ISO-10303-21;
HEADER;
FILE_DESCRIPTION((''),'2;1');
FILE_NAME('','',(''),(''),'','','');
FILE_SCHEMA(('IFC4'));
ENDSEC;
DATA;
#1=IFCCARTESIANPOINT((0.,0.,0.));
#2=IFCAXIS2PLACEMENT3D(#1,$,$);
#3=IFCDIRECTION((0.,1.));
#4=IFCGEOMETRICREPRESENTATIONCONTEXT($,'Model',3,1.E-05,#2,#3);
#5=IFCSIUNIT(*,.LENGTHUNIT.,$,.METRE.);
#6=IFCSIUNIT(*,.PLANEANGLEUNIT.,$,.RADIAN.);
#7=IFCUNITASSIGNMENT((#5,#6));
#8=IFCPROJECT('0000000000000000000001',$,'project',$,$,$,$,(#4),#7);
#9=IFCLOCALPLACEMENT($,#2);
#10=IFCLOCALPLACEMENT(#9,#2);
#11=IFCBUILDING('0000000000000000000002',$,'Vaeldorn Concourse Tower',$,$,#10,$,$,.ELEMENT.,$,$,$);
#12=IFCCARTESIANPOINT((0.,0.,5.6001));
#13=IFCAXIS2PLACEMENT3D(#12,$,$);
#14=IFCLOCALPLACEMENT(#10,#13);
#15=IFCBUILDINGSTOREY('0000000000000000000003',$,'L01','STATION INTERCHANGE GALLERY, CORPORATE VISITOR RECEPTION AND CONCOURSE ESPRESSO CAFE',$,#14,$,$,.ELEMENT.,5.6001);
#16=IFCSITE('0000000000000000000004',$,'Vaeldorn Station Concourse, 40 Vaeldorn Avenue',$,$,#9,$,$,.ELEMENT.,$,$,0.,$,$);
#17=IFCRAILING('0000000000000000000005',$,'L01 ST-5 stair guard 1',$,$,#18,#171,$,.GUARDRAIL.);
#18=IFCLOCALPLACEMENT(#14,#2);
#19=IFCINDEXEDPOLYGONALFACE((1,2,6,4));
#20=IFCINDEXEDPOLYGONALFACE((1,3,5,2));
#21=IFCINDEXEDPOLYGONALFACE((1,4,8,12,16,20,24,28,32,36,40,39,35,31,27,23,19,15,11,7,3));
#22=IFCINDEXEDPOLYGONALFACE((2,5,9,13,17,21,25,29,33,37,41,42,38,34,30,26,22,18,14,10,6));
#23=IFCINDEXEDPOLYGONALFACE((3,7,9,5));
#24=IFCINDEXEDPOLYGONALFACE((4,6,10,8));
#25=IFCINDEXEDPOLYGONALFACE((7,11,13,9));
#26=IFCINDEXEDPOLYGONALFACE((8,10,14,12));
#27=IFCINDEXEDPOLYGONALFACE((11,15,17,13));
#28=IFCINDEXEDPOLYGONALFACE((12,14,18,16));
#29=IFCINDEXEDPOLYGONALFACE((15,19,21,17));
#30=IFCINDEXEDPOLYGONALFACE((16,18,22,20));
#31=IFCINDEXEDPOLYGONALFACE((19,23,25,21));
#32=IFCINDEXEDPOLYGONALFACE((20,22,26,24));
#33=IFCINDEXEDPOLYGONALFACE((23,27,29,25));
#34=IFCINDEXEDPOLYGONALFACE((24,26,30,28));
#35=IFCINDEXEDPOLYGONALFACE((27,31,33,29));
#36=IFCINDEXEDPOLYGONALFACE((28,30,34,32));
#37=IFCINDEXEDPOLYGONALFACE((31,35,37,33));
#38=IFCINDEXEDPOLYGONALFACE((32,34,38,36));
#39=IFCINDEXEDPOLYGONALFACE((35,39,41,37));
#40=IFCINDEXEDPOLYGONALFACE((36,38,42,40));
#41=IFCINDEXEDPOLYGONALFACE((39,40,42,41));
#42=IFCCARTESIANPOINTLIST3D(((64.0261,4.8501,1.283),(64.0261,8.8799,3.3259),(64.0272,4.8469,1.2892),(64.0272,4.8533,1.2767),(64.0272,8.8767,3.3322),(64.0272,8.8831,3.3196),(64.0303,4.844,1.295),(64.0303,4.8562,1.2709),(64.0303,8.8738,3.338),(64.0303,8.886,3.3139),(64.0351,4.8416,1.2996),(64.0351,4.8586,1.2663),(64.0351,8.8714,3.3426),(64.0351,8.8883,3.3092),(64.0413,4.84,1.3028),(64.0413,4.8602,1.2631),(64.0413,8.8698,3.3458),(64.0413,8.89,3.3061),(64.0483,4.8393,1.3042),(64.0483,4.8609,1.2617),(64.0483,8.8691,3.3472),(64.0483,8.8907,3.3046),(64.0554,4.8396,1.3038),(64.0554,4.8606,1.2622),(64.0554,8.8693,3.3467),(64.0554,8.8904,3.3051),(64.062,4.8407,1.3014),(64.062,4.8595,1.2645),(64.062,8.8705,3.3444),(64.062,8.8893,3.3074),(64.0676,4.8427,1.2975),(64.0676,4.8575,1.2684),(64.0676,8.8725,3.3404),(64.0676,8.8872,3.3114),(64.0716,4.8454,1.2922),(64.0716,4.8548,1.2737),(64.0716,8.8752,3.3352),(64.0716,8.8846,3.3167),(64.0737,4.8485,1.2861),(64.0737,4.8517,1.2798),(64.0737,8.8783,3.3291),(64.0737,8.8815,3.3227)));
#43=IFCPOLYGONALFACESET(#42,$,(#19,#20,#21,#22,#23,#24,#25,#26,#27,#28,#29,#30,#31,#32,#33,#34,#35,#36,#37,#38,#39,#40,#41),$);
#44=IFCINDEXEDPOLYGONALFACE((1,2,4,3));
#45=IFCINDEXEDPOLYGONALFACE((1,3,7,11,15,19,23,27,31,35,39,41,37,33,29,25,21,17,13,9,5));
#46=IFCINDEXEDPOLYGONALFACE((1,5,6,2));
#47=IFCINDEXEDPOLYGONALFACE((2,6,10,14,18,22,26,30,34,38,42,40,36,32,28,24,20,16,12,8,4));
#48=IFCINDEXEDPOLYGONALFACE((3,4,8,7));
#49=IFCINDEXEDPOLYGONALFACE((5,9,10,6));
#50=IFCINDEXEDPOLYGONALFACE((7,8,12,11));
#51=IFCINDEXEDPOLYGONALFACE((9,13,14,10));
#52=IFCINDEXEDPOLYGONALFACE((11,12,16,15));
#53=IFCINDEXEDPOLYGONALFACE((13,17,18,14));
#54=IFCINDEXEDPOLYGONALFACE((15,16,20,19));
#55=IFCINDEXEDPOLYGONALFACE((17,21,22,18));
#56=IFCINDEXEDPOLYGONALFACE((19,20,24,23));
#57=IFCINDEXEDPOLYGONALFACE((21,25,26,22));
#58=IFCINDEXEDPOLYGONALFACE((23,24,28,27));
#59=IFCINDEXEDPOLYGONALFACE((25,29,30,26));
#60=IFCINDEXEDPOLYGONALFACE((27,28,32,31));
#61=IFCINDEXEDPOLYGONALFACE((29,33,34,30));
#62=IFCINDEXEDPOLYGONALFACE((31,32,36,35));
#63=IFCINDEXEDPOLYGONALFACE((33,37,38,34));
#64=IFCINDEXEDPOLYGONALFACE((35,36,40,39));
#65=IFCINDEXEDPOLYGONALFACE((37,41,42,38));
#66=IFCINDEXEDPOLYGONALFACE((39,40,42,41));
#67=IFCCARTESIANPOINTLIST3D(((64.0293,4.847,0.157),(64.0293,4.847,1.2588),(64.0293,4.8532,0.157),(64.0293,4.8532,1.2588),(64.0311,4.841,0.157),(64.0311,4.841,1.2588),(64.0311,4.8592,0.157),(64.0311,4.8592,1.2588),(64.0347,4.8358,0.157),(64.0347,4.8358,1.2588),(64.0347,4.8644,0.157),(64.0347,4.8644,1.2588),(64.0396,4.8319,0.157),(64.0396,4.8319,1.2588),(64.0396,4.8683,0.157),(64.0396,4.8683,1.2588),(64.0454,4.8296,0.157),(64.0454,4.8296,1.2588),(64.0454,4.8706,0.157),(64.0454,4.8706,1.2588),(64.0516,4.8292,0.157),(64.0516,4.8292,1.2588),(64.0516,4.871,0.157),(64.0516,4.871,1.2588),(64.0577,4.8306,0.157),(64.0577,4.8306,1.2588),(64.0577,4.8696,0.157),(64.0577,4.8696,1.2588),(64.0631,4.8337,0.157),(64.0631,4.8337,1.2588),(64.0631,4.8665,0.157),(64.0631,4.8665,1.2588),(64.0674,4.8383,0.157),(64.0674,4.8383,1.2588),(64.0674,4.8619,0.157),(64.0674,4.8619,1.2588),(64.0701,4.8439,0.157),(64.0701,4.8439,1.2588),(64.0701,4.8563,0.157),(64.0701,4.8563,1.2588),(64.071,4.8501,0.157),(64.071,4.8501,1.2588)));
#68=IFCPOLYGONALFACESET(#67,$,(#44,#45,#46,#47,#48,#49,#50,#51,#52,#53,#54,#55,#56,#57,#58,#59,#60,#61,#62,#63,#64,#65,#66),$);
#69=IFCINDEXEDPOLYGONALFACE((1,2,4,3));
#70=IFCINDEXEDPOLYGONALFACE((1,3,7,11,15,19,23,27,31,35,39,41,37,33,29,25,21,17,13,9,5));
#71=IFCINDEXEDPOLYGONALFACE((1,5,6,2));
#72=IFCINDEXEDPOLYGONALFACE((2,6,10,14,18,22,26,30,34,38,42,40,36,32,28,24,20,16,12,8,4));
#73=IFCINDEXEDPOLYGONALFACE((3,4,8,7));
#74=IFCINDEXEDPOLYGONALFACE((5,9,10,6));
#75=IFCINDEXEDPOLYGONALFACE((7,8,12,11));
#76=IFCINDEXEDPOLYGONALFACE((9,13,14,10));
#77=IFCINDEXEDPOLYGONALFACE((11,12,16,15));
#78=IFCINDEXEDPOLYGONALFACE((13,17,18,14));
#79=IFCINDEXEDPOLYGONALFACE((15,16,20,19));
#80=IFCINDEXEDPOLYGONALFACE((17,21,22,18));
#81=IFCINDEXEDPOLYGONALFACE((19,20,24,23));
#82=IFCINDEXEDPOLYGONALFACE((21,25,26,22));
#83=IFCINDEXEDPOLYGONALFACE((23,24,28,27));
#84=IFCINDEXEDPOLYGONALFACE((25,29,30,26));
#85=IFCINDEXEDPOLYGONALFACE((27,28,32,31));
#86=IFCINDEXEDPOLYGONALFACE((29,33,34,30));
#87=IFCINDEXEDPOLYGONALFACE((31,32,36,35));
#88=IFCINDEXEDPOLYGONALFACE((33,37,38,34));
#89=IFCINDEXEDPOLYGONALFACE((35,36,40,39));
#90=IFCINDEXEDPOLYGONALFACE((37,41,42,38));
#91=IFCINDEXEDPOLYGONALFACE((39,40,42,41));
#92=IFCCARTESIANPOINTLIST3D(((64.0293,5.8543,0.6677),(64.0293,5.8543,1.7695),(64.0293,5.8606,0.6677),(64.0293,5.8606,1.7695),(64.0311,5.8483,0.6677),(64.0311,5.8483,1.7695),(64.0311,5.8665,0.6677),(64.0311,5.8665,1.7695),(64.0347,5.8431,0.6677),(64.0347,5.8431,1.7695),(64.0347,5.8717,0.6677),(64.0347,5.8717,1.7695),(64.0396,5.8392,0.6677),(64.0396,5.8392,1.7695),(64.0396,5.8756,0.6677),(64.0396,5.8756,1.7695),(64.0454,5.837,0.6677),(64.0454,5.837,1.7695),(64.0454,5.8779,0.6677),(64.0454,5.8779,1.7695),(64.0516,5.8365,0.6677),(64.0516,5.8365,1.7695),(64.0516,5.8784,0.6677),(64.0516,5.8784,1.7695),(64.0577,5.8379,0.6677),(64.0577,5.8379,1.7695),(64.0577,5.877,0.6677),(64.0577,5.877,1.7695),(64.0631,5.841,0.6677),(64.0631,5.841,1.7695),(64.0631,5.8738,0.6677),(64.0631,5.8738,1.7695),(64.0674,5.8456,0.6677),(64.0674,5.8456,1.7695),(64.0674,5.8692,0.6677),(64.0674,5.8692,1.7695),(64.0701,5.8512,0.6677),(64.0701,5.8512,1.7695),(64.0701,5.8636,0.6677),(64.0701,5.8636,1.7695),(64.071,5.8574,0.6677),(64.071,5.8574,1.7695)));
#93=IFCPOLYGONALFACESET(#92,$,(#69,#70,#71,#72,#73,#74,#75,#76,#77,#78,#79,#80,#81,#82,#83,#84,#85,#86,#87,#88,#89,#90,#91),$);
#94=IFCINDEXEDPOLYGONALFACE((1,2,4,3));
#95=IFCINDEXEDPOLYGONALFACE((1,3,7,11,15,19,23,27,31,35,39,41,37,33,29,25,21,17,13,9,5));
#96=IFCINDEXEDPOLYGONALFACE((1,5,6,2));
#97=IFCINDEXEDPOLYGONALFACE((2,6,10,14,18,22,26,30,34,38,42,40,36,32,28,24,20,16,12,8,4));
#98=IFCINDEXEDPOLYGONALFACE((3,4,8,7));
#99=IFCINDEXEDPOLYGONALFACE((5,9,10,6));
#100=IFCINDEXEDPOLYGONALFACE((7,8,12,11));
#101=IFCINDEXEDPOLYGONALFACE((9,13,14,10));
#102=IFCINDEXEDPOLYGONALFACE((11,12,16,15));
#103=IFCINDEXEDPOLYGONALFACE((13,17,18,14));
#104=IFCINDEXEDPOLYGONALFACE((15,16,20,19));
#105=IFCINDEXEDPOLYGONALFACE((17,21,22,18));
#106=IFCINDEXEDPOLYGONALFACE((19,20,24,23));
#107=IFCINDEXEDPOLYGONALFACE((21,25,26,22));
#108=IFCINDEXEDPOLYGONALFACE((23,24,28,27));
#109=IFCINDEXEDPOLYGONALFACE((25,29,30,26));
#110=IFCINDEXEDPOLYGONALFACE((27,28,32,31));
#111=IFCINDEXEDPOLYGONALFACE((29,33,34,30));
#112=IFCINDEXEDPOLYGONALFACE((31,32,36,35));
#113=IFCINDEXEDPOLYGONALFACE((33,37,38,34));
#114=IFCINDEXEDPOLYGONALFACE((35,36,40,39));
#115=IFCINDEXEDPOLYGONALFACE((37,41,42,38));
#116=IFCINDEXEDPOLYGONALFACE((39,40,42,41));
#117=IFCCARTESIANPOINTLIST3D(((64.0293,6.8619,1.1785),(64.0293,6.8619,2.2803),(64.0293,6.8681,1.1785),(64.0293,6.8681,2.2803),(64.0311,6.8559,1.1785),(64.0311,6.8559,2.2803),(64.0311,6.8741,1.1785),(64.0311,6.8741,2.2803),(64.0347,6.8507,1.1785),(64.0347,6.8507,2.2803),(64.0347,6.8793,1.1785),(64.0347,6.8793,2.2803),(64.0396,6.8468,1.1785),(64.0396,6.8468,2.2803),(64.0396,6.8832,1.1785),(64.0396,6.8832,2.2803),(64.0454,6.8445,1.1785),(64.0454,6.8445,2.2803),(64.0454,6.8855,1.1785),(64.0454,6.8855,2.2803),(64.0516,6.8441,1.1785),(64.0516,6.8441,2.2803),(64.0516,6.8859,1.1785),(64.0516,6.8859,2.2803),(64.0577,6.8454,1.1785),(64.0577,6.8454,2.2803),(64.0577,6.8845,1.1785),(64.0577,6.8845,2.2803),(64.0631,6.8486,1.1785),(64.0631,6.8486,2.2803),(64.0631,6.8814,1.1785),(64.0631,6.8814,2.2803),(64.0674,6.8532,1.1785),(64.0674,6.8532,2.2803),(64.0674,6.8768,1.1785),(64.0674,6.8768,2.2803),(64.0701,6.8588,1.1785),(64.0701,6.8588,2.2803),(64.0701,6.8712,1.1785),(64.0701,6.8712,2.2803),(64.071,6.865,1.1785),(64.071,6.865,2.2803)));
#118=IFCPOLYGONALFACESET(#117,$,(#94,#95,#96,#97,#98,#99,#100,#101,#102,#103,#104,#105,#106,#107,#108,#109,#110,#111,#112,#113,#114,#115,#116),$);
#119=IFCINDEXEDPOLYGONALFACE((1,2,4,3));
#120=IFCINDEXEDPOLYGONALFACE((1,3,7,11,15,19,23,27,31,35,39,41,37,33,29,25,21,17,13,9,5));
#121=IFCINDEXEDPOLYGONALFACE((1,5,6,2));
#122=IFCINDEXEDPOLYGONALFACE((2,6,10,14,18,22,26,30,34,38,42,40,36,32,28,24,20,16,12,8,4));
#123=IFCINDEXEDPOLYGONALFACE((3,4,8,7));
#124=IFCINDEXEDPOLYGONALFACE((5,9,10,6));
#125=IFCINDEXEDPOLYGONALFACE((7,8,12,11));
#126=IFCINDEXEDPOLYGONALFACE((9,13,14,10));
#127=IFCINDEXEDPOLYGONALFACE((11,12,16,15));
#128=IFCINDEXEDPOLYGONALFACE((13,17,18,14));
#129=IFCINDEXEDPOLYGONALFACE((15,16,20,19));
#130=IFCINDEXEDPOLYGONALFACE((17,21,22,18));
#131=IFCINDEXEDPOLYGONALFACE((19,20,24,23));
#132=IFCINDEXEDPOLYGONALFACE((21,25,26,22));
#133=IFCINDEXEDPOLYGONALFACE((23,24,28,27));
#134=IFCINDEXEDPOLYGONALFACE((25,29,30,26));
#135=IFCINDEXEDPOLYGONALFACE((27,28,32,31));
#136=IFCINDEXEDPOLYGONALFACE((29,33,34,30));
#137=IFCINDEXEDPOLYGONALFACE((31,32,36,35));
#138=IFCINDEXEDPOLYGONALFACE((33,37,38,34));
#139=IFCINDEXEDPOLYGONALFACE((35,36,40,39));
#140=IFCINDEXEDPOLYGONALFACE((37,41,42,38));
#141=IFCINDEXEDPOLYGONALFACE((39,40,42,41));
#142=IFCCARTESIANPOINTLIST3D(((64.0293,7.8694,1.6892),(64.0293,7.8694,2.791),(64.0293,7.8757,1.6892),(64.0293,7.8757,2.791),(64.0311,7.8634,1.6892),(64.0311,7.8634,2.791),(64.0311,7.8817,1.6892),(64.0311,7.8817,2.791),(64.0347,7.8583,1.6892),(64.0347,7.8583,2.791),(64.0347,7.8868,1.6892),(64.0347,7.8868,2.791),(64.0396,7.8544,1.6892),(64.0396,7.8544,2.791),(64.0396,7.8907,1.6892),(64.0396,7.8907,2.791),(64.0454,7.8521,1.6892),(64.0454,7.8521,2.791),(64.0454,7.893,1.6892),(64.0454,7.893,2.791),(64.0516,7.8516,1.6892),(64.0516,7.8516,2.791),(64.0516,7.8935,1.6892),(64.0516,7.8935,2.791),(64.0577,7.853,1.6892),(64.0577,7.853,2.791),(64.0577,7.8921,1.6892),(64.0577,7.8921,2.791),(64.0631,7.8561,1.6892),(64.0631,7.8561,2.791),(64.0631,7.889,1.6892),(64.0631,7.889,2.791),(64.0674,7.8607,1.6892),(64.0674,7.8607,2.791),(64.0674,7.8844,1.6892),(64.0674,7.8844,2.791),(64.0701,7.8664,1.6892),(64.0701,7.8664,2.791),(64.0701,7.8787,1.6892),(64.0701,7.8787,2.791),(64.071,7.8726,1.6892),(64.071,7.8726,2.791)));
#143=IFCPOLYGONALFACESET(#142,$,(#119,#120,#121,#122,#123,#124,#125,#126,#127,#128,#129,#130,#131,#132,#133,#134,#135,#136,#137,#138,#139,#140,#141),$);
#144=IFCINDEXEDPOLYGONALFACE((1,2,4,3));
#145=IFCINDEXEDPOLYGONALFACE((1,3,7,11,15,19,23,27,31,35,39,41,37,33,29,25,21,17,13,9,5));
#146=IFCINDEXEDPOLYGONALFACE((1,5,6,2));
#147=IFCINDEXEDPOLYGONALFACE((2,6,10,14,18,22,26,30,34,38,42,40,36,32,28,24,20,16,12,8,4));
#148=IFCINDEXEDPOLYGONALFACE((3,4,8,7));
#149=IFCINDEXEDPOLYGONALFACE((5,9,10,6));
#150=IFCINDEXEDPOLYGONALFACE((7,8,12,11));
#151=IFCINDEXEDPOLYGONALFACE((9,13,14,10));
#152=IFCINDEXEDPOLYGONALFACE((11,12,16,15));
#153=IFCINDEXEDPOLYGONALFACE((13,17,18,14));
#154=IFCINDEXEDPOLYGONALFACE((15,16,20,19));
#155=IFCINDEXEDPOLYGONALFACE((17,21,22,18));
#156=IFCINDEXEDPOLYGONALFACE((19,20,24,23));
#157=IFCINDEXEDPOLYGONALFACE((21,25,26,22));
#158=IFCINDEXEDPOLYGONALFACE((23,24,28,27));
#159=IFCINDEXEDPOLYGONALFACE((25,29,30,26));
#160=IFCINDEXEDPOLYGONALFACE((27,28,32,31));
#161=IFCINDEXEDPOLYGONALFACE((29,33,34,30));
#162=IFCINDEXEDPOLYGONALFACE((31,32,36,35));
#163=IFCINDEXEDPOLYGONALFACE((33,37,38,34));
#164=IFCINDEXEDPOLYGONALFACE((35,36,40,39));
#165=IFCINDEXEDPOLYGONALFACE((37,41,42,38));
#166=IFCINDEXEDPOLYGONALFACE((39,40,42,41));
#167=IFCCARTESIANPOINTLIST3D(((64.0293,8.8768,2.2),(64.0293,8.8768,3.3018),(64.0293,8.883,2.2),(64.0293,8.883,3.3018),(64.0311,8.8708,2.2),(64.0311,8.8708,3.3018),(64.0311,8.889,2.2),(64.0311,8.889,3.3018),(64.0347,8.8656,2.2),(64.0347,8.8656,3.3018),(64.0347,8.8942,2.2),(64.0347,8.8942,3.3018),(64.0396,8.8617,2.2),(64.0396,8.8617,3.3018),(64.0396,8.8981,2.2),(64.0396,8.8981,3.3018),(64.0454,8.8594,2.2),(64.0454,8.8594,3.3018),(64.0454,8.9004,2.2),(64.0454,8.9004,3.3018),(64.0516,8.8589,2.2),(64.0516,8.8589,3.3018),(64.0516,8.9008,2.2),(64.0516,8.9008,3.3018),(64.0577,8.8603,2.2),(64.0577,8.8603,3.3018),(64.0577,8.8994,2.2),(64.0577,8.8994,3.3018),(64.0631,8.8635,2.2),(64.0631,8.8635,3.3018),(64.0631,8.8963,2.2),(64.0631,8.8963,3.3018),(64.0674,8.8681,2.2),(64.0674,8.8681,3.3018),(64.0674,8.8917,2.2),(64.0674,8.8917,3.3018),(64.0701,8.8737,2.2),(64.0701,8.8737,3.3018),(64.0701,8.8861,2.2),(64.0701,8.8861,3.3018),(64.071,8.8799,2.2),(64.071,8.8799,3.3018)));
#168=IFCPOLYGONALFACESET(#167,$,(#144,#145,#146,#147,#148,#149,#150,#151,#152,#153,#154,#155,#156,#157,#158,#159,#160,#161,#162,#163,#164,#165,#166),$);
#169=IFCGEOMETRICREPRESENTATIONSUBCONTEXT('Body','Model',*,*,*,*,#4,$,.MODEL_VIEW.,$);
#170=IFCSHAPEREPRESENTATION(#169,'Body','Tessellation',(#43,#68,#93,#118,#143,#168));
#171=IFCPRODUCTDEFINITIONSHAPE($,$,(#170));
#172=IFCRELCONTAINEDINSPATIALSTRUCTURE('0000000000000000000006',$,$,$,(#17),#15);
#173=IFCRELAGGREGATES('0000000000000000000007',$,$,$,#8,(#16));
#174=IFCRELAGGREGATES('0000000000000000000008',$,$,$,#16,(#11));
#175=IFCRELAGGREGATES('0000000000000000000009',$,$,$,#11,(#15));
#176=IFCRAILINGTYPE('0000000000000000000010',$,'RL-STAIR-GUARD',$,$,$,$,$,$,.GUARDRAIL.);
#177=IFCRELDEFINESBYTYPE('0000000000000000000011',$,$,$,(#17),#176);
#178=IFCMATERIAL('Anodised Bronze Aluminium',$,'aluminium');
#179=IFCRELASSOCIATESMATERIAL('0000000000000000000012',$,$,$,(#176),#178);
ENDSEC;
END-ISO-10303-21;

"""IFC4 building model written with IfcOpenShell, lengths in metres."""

from ifc_helpers import new_model, si_unit, direction, frame, origin, origin_2d, place, context, subcontext, project, spatial, circle, extrude, material, type_object, element, save


model = new_model("IFC4")

# Units and contexts
model_context = context("Model", 3, precision=1e-05, world=origin(), true_north=direction((0.0, 1.0)))
body_context = subcontext(model_context, "Body", "Model", "MODEL_VIEW")
ifc_project = project(units=[si_unit("LENGTHUNIT", "METRE"), si_unit("PLANEANGLEUNIT", "RADIAN")], contexts=[model_context])

# Site, building, storey
site_placement = place(None, origin())
site = spatial("IfcSite", under=ifc_project, at=site_placement, Name="Vaeldorn Station Concourse, 40 Vaeldorn Avenue", CompositionType="ELEMENT", RefElevation=0.0)
building_placement = place(site_placement, origin())
building = spatial("IfcBuilding", under=site, at=building_placement, Name="Vaeldorn Concourse Tower", CompositionType="ELEMENT")
storey_placement = place(building_placement, frame((0.0, 0.0, 5.6001)))
storey = spatial("IfcBuildingStorey", under=building, at=storey_placement, Name="L01", Description="STATION INTERCHANGE GALLERY, CORPORATE VISITOR RECEPTION AND CONCOURSE ESPRESSO CAFE", CompositionType="ELEMENT", Elevation=5.6001)

# Shared definitions
ifc_material_1 = material(Name="Anodised Bronze Aluminium", Category="aluminium")

# Railing
railing_type_1 = type_object("IfcRailingType", Name="RL-STAIR-GUARD", PredefinedType="GUARDRAIL", material=ifc_material_1)
railing_1_placement = place(storey_placement, frame((64.05, 4.8501, 0.157)))
element("IfcRailing", 1, at=railing_1_placement, inside=storey, type_object=railing_type_1, Name="L01 ST-5 stair guard 1", PredefinedType="GUARDRAIL", context=body_context, shape_type="SweptSolid", body=[
    extrude(circle(Radius=0.0239, at=origin_2d()), frame((0.0, 0.0, 1.126), z_axis=(0.0, 0.891928, 0.452178), x_axis=(-1.0, 0.0, 0.0)), (0.0, 0.0, 1.0), 4.5181),
    extrude(circle(Radius=0.021, at=origin_2d()), origin(), (0.0, 0.0, 1.0), 1.1018),
    extrude(circle(Radius=0.021, at=origin_2d()), frame((0.0, 1.0073, 0.5107)), (0.0, 0.0, 1.0), 1.1018),
    extrude(circle(Radius=0.021, at=origin_2d()), frame((0.0, 2.0149, 1.0215)), (0.0, 0.0, 1.0), 1.1018),
    extrude(circle(Radius=0.021, at=origin_2d()), frame((0.0, 3.0225, 1.5322)), (0.0, 0.0, 1.0), 1.1018),
    extrude(circle(Radius=0.021, at=origin_2d()), frame((0.0, 4.0298, 2.043)), (0.0, 0.0, 1.0), 1.1018),
])

save(model, "model.ifc")
